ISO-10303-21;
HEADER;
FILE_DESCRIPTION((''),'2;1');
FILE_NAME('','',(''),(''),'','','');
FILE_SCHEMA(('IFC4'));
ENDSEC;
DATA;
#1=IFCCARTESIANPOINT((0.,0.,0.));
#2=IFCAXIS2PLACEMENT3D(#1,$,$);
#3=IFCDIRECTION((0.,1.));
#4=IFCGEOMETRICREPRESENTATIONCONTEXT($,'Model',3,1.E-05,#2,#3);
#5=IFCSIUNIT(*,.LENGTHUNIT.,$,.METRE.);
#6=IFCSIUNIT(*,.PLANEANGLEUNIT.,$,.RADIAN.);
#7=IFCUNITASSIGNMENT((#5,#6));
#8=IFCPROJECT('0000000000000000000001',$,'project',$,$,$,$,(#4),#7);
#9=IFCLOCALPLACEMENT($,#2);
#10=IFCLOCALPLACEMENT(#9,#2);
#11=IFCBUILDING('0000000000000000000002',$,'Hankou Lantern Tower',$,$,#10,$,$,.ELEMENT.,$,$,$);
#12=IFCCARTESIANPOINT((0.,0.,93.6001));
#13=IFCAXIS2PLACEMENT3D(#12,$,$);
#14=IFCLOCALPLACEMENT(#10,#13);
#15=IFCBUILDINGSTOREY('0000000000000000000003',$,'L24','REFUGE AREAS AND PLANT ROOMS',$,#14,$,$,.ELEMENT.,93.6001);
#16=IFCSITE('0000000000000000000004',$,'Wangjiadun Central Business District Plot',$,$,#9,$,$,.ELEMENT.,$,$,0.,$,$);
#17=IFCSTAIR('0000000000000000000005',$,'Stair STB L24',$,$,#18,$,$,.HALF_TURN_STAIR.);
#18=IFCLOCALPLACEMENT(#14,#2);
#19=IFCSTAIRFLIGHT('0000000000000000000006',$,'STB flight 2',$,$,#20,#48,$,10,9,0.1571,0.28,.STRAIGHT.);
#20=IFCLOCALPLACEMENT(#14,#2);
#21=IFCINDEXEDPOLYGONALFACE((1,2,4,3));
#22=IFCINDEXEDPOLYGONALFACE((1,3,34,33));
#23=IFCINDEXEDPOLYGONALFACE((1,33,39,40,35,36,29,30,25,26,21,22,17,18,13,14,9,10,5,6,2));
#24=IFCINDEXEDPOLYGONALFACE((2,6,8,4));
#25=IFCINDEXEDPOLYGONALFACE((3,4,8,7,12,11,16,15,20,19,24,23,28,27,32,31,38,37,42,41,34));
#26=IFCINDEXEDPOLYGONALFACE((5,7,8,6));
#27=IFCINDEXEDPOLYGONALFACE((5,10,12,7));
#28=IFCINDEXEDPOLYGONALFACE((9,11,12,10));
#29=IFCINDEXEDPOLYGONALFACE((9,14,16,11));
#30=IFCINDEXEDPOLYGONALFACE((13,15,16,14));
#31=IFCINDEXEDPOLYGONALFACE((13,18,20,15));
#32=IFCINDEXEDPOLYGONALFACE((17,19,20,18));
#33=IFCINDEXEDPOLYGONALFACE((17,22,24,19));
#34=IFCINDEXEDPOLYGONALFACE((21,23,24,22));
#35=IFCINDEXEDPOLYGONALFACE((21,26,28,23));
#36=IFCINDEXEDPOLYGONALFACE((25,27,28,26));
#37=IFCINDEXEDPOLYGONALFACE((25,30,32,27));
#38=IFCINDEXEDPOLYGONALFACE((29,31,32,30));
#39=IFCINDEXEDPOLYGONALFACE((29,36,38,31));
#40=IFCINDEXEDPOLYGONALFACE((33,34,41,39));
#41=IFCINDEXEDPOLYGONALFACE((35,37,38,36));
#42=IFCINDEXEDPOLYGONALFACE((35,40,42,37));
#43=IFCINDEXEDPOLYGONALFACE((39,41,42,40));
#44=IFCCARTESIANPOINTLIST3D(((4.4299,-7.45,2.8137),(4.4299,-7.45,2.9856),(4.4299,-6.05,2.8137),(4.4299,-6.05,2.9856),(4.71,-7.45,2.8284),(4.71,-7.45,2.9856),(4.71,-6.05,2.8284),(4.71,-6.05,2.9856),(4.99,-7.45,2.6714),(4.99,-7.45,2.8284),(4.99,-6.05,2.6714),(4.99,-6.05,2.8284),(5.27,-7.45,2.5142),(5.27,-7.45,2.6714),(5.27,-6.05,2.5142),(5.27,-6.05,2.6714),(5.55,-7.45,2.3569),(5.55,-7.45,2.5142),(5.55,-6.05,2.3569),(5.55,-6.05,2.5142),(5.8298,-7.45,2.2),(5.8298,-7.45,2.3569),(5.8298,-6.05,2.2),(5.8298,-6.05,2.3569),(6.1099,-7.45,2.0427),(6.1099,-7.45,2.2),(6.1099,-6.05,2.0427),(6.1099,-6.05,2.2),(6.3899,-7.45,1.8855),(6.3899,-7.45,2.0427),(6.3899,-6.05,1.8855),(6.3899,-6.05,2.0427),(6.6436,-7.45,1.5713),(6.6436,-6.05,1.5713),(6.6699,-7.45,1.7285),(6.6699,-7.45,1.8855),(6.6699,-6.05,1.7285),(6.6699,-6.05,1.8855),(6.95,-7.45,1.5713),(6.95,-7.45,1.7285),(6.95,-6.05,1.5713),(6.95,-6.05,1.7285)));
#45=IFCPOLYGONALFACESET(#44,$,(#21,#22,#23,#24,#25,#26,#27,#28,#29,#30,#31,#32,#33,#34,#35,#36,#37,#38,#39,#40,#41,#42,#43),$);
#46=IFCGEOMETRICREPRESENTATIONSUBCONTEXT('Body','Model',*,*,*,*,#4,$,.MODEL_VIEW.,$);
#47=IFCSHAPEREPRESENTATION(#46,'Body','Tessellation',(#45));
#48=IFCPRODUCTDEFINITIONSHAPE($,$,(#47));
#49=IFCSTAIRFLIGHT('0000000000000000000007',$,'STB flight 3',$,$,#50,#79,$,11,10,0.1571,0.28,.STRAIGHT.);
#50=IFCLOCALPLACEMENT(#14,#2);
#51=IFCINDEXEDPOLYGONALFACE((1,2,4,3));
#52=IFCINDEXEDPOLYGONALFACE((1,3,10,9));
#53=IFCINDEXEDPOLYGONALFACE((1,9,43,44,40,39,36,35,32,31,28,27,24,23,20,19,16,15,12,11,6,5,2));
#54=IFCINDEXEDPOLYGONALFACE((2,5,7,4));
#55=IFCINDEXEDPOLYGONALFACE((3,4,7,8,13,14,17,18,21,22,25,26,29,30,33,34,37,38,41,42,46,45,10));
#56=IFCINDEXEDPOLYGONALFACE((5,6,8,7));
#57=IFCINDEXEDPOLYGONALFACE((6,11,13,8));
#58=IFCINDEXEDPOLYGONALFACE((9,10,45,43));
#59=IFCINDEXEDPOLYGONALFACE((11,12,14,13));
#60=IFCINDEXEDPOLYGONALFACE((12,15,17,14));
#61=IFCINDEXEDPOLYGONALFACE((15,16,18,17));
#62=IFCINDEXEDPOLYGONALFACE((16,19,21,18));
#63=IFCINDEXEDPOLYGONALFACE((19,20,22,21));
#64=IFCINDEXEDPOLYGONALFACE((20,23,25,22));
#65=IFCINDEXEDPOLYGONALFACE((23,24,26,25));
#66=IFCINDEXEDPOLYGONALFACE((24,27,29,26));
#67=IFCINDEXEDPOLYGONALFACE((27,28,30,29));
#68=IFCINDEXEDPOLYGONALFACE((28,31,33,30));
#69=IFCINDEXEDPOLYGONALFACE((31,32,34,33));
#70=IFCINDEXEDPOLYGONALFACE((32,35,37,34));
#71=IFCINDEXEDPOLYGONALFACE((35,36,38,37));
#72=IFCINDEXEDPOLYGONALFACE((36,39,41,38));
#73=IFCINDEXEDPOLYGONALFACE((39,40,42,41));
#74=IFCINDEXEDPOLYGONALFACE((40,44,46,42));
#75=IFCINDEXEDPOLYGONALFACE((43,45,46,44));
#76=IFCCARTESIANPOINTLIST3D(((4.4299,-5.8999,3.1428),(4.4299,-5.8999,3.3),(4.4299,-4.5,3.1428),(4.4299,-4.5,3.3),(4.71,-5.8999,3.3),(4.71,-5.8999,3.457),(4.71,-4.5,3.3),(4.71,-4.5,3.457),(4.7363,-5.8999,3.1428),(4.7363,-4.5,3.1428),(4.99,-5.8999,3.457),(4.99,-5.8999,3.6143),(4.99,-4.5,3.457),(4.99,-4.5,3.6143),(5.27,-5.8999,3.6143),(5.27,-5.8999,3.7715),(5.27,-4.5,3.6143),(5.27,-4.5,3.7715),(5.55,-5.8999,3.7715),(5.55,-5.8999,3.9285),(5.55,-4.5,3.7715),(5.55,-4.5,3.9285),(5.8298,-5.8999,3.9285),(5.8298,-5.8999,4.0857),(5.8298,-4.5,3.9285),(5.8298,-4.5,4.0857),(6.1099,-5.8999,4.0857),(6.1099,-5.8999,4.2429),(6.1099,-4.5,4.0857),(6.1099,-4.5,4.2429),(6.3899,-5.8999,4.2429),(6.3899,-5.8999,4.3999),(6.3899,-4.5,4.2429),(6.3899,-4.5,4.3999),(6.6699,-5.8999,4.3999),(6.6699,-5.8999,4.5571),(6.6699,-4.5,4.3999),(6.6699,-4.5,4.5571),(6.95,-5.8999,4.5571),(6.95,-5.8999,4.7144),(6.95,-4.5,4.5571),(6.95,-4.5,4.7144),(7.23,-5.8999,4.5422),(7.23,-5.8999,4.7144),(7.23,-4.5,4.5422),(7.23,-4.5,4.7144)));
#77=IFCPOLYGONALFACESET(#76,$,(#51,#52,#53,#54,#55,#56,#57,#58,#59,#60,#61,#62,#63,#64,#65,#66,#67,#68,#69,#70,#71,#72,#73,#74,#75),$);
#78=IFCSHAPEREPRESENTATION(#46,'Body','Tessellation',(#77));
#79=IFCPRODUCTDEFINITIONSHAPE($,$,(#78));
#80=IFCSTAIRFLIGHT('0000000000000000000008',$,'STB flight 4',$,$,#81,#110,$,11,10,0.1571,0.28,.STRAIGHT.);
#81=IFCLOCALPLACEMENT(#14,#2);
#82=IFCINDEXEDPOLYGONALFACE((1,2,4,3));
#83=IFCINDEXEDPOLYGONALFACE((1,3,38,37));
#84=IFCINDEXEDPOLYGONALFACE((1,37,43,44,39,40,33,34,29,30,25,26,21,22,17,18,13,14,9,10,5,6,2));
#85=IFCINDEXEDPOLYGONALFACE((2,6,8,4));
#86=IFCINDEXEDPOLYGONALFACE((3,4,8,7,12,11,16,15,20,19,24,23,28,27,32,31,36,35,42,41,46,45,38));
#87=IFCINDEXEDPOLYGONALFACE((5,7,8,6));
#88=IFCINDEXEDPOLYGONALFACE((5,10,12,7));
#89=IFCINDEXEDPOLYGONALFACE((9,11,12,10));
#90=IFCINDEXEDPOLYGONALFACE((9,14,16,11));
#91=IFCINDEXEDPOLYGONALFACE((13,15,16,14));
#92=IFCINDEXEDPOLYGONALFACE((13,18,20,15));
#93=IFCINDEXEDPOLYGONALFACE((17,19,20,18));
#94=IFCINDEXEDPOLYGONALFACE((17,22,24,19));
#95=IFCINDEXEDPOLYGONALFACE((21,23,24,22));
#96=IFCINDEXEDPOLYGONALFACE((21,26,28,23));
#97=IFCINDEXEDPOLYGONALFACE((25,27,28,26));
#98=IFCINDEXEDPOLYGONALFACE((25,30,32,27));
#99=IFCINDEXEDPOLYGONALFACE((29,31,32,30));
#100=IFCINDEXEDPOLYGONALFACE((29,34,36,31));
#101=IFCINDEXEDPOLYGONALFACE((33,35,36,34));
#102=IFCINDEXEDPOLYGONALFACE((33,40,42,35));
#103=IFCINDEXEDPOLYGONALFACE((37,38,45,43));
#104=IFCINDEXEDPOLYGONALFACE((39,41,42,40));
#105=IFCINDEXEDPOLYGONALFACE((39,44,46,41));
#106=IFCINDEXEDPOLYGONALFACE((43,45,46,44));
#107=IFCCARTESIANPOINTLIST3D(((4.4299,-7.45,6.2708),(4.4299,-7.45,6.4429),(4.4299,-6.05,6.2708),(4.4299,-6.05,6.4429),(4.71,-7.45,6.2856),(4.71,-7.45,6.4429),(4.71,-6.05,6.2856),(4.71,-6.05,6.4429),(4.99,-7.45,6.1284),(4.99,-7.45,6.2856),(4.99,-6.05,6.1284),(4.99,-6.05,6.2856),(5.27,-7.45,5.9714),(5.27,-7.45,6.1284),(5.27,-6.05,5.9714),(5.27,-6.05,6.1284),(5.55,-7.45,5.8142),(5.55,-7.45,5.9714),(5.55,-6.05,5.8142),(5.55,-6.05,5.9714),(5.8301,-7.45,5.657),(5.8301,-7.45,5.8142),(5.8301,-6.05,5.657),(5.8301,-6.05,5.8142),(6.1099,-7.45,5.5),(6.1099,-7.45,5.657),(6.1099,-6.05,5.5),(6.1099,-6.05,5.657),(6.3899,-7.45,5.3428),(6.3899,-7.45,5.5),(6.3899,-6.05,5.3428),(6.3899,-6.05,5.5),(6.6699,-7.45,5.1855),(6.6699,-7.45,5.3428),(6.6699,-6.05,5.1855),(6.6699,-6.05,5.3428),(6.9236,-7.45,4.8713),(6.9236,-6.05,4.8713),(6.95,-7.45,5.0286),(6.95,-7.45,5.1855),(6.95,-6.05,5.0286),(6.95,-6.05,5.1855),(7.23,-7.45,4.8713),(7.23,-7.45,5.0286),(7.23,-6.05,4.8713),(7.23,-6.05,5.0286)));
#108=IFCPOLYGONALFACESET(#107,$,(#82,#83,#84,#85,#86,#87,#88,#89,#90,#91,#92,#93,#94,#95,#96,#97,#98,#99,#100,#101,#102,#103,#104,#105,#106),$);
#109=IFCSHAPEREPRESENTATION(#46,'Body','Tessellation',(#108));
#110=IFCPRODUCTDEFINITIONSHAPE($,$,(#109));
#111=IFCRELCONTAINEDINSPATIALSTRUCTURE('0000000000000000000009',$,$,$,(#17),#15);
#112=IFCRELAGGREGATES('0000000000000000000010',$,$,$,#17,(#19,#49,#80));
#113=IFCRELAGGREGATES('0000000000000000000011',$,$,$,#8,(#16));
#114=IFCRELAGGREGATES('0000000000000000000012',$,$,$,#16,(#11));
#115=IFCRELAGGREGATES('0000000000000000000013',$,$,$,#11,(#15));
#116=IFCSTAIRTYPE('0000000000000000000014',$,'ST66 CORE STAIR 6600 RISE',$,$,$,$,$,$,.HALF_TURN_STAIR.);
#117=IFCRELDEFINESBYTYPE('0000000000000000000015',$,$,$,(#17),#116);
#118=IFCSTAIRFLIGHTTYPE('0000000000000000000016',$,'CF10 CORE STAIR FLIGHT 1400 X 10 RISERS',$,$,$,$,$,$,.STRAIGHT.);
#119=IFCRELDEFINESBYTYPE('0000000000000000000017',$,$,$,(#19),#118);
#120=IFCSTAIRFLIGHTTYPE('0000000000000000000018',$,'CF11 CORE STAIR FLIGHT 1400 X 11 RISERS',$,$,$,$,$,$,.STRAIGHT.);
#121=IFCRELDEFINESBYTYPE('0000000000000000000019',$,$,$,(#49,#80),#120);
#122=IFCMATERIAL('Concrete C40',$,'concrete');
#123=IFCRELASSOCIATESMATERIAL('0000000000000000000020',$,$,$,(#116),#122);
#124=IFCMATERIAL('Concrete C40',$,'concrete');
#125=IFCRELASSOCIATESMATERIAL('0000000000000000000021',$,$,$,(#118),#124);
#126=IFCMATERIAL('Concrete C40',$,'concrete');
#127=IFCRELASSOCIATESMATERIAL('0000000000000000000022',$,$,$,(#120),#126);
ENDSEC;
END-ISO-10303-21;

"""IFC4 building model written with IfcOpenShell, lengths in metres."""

from ifc_helpers import new_model, si_unit, direction, frame, origin, place, context, subcontext, project, spatial, polyline, outline, extrude, material, type_object, element, aggregate, save


model = new_model("IFC4")

# Units and contexts
model_context = context("Model", 3, precision=1e-05, world=origin(), true_north=direction((0.0, 1.0)))
body_context = subcontext(model_context, "Body", "Model", "MODEL_VIEW")
ifc_project = project(units=[si_unit("LENGTHUNIT", "METRE"), si_unit("PLANEANGLEUNIT", "RADIAN")], contexts=[model_context])

# Site, building, storey
site_placement = place(None, origin())
site = spatial("IfcSite", under=ifc_project, at=site_placement, Name="Wangjiadun Central Business District Plot", CompositionType="ELEMENT", RefElevation=0.0)
building_placement = place(site_placement, origin())
building = spatial("IfcBuilding", under=site, at=building_placement, Name="Hankou Lantern Tower", CompositionType="ELEMENT")
storey_placement = place(building_placement, frame((0.0, 0.0, 93.6001)))
storey = spatial("IfcBuildingStorey", under=building, at=storey_placement, Name="L24", Description="REFUGE AREAS AND PLANT ROOMS", CompositionType="ELEMENT", Elevation=93.6001)

# Shared definitions
ifc_material_1 = material(Name="Concrete C40", Category="concrete")
stair_type = type_object("IfcStairType", Name="ST66 CORE STAIR 6600 RISE", PredefinedType="HALF_TURN_STAIR", material=ifc_material_1)

# Stair, stair flights
stair_1_placement = place(storey_placement, origin())
stair_1 = element("IfcStair", 1, at=stair_1_placement, inside=storey, type_object=stair_type, Name="Stair STB L24", PredefinedType="HALF_TURN_STAIR")
ifc_material_2 = material(Name="Concrete C40", Category="concrete")
stair_flight_type_1 = type_object("IfcStairFlightType", Name="CF10 CORE STAIR FLIGHT 1400 X 10 RISERS", PredefinedType="STRAIGHT", material=ifc_material_2)
stair_flight_1_placement = place(storey_placement, frame((6.95, -6.75, 1.5713), z_axis=(0.0, 0.0, 1.0), x_axis=(-1.0, 0.0, 0.0)))
stair_flight_1 = element("IfcStairFlight", 2, at=stair_flight_1_placement, type_object=stair_flight_type_1, Name="STB flight 2", NumberOfRisers=10, NumberOfTreads=9, PredefinedType="STRAIGHT", RiserHeight=0.1571, TreadLength=0.28, context=body_context, shape_type="SweptSolid", body=[
    extrude(outline(polyline([(0.0, 0.0), (0.0, 0.1572), (0.28, 0.1572), (0.28, 0.3142), (0.5601, 0.3142), (0.5601, 0.4714), (0.8401, 0.4714), (0.8401, 0.6287), (1.1201, 0.6287), (1.1201, 0.7856), (1.3999, 0.7856), (1.3999, 0.9429), (1.6799, 0.9429), (1.6799, 1.1001), (1.96, 1.1001), (1.96, 1.2571), (2.24, 1.2571), (2.24, 1.4143), (2.52, 1.4143), (2.52, 1.5715), (2.52, 1.2424), (0.3064, 0.0), (0.0, 0.0)])), frame((0.0, 0.7, 0.0), z_axis=(0.0, -1.0, 0.0), x_axis=(1.0, 0.0, 0.0)), (0.0, 0.0, 1.0), 1.3999),
])
ifc_material_3 = material(Name="Concrete C40", Category="concrete")
stair_flight_type_2 = type_object("IfcStairFlightType", Name="CF11 CORE STAIR FLIGHT 1400 X 11 RISERS", PredefinedType="STRAIGHT", material=ifc_material_3)
stair_flight_2_placement = place(storey_placement, frame((4.4299, -5.2, 3.1428), z_axis=(0.0, 0.0, 1.0), x_axis=(1.0, 0.0, 0.0)))
stair_flight_2 = element("IfcStairFlight", 3, at=stair_flight_2_placement, type_object=stair_flight_type_2, Name="STB flight 3", NumberOfRisers=11, NumberOfTreads=10, PredefinedType="STRAIGHT", RiserHeight=0.1571, TreadLength=0.28, context=body_context, shape_type="SweptSolid", body=[
    extrude(outline(polyline([(0.0, 0.0), (0.0, 0.1572), (0.28, 0.1572), (0.28, 0.3142), (0.5601, 0.3142), (0.5601, 0.4714), (0.8401, 0.4714), (0.8401, 0.6287), (1.1201, 0.6287), (1.1201, 0.7856), (1.3999, 0.7856), (1.3999, 0.9429), (1.6799, 0.9429), (1.6799, 1.1001), (1.96, 1.1001), (1.96, 1.2571), (2.24, 1.2571), (2.24, 1.4143), (2.52, 1.4143), (2.52, 1.5715), (2.8, 1.5715), (2.8, 1.7285), (2.8, 1.3994), (0.3064, 0.0), (0.0, 0.0)])), frame((0.0, 0.7, 0.0), z_axis=(0.0, -1.0, 0.0), x_axis=(1.0, 0.0, 0.0)), (0.0, 0.0, 1.0), 1.3999),
])
stair_flight_3_placement = place(storey_placement, frame((7.23, -6.75, 4.8713), z_axis=(0.0, 0.0, 1.0), x_axis=(-1.0, 0.0, 0.0)))
stair_flight_3 = element("IfcStairFlight", 4, at=stair_flight_3_placement, type_object=stair_flight_type_2, Name="STB flight 4", NumberOfRisers=11, NumberOfTreads=10, PredefinedType="STRAIGHT", RiserHeight=0.1571, TreadLength=0.28, context=body_context, shape_type="SweptSolid", body=[
    extrude(outline(polyline([(0.0, 0.0), (0.0, 0.1572), (0.28, 0.1572), (0.28, 0.3142), (0.5601, 0.3142), (0.5601, 0.4714), (0.8401, 0.4714), (0.8401, 0.6287), (1.1201, 0.6287), (1.1201, 0.7856), (1.3999, 0.7856), (1.3999, 0.9429), (1.6799, 0.9429), (1.6799, 1.1001), (1.96, 1.1001), (1.96, 1.2571), (2.24, 1.2571), (2.24, 1.4143), (2.52, 1.4143), (2.52, 1.5715), (2.8, 1.5715), (2.8, 1.7285), (2.8, 1.3994), (0.3064, 0.0), (0.0, 0.0)])), frame((0.0, 0.7, 0.0), z_axis=(0.0, -1.0, 0.0), x_axis=(1.0, 0.0, 0.0)), (0.0, 0.0, 1.0), 1.3999),
])
aggregate(stair_1, [stair_flight_1, stair_flight_2, stair_flight_3])

save(model, "model.ifc")
